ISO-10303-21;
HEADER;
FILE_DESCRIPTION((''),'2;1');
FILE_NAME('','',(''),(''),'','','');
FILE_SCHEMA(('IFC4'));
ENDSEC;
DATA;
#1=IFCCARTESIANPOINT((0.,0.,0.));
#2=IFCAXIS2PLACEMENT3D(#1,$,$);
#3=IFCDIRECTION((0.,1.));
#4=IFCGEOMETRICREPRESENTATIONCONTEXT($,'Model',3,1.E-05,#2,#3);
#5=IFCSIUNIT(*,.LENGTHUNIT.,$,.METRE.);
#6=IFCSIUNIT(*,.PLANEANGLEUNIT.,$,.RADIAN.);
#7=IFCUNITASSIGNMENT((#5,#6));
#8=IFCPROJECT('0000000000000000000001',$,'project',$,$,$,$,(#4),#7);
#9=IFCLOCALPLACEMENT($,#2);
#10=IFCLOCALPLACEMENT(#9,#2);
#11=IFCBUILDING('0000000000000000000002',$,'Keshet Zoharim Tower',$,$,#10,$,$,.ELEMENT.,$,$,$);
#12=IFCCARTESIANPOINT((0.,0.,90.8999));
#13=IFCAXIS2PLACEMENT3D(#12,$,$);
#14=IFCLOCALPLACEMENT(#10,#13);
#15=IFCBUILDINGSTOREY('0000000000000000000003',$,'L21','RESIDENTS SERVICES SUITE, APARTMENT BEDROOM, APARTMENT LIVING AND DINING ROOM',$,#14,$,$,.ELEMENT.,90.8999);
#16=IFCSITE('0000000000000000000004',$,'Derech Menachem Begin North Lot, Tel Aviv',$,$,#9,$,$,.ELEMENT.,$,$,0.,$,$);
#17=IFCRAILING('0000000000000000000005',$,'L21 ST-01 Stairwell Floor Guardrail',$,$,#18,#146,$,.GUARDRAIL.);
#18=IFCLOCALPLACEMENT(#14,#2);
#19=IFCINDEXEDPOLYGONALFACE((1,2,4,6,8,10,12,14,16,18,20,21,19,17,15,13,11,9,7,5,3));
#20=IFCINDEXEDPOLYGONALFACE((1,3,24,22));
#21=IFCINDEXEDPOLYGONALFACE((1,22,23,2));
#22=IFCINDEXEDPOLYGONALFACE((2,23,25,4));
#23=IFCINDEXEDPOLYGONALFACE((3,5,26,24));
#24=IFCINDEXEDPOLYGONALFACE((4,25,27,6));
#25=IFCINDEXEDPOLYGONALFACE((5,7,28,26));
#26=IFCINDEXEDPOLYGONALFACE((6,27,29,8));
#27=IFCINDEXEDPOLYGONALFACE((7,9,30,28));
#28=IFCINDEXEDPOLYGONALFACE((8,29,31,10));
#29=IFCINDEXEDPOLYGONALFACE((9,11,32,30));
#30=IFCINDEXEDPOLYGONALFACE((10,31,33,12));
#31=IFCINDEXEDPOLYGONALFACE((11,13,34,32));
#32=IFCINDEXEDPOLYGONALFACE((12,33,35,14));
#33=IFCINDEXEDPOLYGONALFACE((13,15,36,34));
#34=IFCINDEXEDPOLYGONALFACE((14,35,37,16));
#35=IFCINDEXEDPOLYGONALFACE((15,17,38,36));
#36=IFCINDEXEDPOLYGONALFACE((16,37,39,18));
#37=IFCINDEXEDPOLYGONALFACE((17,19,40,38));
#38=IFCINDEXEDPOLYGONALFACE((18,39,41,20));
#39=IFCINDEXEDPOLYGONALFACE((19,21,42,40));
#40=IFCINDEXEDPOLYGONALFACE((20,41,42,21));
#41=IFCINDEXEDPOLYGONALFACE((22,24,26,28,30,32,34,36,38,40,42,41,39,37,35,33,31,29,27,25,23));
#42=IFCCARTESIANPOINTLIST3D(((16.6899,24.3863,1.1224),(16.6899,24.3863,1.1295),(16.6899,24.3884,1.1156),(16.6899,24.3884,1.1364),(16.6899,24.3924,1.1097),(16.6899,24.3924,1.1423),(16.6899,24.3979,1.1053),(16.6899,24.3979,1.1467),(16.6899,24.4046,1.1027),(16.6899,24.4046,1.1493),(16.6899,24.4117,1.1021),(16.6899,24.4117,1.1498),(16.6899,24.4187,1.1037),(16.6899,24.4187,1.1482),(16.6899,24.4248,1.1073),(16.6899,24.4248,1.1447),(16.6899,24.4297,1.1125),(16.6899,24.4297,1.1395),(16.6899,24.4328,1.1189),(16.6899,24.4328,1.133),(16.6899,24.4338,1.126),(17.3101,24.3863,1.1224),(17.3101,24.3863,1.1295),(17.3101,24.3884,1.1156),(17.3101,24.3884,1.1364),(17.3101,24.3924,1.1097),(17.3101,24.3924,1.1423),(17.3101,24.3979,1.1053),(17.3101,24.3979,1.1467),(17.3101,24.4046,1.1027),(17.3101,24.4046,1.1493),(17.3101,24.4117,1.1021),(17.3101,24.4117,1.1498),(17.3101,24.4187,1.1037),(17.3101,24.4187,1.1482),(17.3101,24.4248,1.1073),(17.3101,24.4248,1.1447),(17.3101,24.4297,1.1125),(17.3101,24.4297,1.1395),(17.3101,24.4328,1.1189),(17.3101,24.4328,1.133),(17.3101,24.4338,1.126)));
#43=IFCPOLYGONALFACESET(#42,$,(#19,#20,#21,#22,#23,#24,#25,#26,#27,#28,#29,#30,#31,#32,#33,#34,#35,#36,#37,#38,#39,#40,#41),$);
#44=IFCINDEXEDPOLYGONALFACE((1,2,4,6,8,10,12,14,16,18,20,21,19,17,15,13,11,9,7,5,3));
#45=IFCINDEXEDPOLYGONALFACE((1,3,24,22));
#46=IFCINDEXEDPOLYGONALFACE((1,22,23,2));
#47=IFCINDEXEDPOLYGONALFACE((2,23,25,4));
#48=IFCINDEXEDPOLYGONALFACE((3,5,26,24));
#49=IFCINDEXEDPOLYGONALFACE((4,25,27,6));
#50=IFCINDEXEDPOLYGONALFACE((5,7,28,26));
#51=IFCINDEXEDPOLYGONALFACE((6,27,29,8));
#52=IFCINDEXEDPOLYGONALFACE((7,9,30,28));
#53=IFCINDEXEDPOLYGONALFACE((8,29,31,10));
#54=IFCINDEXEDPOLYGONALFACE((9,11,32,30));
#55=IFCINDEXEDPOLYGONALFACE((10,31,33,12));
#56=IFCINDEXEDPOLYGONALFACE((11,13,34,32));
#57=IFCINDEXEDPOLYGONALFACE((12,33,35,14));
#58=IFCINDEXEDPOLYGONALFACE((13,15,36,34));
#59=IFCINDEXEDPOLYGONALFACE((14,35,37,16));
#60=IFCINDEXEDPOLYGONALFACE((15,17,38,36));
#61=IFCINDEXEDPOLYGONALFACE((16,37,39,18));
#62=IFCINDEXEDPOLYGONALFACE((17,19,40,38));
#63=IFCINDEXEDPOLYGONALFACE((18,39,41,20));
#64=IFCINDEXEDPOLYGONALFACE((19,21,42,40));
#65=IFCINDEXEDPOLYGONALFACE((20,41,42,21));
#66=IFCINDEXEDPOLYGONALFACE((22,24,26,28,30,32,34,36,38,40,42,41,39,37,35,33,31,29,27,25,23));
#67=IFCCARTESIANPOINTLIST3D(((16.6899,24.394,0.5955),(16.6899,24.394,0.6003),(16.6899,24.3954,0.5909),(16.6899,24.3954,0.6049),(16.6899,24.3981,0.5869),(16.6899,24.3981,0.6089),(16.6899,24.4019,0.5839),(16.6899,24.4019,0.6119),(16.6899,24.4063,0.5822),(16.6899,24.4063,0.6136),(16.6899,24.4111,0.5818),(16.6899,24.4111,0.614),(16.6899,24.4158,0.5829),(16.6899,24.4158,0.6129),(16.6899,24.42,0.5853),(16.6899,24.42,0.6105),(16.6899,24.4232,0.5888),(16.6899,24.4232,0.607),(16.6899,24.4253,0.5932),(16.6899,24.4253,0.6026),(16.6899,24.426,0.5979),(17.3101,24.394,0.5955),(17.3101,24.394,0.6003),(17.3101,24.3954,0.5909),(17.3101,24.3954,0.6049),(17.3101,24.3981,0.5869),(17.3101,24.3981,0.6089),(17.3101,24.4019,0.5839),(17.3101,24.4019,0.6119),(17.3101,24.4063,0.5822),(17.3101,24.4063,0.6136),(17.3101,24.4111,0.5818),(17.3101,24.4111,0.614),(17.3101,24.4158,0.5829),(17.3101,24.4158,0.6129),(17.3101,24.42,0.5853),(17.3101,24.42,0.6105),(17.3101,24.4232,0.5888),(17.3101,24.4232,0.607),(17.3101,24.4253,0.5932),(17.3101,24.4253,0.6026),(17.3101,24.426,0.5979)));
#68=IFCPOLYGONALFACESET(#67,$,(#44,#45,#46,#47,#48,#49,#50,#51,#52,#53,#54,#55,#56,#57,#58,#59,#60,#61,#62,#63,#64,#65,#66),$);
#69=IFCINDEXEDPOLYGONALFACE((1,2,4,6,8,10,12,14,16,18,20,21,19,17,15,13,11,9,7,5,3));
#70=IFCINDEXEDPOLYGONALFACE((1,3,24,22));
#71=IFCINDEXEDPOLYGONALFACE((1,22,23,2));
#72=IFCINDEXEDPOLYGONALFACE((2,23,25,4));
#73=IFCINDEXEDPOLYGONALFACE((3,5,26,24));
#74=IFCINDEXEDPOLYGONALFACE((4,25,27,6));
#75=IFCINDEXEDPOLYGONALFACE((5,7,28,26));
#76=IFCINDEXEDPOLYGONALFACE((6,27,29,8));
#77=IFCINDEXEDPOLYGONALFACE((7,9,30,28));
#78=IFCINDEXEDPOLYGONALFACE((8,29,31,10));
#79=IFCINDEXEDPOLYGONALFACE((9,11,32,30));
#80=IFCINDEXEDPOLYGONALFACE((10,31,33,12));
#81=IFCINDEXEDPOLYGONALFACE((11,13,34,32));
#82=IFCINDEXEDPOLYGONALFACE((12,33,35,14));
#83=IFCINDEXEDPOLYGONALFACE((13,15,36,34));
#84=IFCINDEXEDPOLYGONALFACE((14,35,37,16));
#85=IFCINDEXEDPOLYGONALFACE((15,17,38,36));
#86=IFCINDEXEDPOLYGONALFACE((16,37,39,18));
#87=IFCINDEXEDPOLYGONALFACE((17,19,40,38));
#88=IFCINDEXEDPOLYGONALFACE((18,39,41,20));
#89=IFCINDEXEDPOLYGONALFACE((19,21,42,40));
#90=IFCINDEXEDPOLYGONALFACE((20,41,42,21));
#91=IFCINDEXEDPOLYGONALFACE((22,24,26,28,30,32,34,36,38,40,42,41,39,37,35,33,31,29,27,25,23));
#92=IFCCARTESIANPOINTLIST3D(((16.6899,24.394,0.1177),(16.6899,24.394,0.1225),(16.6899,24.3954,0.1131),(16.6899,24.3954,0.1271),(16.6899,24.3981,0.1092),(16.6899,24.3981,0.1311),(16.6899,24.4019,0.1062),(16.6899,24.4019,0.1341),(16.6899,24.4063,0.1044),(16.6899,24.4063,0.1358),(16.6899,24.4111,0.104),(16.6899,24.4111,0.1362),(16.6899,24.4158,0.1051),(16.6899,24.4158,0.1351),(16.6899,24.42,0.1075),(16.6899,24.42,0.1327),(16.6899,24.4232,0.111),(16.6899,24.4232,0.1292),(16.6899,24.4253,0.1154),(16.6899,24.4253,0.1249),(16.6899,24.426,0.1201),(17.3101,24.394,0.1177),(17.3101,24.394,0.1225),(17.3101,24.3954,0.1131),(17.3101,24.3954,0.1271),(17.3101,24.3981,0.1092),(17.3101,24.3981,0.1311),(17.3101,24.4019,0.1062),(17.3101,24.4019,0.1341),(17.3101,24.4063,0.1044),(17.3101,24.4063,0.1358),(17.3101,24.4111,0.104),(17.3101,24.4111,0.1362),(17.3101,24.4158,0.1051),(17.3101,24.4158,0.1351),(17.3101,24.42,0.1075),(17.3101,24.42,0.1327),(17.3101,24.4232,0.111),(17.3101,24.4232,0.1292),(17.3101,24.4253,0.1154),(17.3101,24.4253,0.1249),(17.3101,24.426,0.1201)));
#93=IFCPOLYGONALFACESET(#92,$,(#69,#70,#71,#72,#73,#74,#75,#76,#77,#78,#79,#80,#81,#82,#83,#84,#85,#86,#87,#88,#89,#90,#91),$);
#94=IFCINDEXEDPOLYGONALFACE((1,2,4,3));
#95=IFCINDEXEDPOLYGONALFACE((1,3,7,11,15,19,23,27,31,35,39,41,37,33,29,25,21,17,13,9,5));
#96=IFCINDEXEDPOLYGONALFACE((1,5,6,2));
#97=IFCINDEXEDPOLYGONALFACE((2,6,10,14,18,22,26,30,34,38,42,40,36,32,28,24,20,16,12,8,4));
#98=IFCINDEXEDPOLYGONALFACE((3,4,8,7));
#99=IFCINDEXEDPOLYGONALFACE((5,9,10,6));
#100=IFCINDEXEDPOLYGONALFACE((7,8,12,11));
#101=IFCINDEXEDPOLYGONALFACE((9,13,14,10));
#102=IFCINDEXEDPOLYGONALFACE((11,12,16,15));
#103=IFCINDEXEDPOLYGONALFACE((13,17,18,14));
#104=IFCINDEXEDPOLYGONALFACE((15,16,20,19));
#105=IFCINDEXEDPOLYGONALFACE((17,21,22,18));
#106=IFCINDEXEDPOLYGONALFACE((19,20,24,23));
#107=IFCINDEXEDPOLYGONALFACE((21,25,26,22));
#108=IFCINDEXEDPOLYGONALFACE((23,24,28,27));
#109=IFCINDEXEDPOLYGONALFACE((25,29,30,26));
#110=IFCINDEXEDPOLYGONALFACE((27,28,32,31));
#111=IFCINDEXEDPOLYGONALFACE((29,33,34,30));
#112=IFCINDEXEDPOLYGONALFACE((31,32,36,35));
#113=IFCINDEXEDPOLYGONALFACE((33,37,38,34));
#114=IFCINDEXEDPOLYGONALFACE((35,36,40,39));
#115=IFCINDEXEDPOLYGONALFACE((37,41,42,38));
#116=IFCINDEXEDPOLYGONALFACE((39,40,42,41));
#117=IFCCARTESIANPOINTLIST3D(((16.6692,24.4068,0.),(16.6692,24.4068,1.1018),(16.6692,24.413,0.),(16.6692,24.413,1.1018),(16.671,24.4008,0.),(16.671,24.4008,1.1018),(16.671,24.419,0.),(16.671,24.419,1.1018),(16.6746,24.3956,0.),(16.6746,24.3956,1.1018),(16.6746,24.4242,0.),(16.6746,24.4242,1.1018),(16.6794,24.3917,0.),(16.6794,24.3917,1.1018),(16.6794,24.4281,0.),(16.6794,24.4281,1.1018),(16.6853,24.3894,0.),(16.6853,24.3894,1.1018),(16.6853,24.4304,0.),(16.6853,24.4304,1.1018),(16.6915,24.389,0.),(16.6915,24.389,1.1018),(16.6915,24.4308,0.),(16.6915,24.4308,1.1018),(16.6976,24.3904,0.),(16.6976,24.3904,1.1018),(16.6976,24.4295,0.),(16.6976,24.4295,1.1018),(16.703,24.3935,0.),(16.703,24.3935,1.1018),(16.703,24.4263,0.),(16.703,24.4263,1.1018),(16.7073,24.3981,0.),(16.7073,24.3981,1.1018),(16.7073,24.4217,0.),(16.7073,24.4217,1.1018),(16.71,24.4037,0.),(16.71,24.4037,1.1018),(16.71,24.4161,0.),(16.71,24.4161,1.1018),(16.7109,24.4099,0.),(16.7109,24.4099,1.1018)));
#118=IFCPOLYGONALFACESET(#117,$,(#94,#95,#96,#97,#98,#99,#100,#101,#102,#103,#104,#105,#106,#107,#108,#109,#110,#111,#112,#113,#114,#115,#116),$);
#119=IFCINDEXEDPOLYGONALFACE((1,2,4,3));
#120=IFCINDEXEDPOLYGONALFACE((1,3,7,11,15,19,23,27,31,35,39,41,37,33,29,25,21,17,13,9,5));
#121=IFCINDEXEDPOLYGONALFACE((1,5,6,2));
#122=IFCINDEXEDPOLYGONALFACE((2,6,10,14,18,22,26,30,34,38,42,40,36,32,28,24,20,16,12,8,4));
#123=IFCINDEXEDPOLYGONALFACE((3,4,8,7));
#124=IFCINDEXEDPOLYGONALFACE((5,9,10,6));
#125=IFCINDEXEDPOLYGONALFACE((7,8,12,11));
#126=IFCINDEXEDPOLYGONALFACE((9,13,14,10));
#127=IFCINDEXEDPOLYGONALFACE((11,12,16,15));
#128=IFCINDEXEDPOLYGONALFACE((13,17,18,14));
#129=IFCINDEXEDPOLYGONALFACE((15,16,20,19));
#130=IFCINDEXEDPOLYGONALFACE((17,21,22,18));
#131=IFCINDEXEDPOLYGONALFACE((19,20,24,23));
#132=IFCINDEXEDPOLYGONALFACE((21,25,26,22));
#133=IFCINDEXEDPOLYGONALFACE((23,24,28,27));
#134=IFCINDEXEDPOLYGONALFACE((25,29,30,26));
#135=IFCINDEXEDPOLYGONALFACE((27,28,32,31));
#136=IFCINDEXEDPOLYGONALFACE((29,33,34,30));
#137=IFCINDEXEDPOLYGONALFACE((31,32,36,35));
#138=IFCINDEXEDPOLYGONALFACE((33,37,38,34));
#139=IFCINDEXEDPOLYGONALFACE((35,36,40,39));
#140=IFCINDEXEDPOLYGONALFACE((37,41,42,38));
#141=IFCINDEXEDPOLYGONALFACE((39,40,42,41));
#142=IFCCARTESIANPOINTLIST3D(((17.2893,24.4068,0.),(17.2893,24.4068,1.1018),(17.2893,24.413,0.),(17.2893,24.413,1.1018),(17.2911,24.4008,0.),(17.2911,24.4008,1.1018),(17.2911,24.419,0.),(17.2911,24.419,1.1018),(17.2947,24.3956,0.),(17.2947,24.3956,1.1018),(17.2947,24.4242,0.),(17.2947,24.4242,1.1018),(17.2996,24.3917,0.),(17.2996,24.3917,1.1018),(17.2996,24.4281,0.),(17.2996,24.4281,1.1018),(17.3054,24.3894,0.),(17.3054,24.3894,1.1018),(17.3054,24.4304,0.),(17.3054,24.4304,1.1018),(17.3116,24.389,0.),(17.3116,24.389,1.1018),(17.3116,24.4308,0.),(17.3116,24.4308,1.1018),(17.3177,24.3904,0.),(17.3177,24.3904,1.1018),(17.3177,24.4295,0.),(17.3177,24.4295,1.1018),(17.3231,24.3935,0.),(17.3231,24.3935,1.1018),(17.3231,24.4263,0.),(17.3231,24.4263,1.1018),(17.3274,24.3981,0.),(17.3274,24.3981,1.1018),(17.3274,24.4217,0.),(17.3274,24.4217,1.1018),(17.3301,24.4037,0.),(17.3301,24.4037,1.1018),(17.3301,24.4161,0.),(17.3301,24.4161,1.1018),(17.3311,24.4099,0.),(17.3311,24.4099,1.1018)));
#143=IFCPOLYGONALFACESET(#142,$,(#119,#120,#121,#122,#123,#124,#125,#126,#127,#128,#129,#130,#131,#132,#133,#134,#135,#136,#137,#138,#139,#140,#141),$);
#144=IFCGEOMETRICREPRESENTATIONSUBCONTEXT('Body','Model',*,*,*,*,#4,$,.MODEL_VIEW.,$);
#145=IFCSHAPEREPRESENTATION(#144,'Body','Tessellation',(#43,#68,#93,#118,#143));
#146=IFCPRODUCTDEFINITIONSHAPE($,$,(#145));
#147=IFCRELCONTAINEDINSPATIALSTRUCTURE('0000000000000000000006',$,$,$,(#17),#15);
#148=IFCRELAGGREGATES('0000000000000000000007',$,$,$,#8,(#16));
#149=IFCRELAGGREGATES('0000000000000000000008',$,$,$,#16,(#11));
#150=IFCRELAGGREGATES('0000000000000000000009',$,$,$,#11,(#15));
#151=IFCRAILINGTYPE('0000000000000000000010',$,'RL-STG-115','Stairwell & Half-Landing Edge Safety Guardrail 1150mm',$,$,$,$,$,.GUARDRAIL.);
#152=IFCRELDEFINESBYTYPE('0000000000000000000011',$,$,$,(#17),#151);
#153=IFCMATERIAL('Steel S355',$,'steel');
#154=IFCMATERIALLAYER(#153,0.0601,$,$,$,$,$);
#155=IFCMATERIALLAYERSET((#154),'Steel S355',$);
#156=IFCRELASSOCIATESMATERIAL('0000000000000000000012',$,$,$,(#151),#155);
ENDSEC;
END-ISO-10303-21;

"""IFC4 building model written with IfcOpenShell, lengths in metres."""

from ifc_helpers import new_model, si_unit, direction, frame, origin, origin_2d, place, context, subcontext, project, spatial, circle, extrude, material, layer, layer_set, type_object, element, save


model = new_model("IFC4")

# Units and contexts
model_context = context("Model", 3, precision=1e-05, world=origin(), true_north=direction((0.0, 1.0)))
body_context = subcontext(model_context, "Body", "Model", "MODEL_VIEW")
ifc_project = project(units=[si_unit("LENGTHUNIT", "METRE"), si_unit("PLANEANGLEUNIT", "RADIAN")], contexts=[model_context])

# Site, building, storey
site_placement = place(None, origin())
site = spatial("IfcSite", under=ifc_project, at=site_placement, Name="Derech Menachem Begin North Lot, Tel Aviv", CompositionType="ELEMENT", RefElevation=0.0)
building_placement = place(site_placement, origin())
building = spatial("IfcBuilding", under=site, at=building_placement, Name="Keshet Zoharim Tower", CompositionType="ELEMENT")
storey_placement = place(building_placement, frame((0.0, 0.0, 90.8999)))
storey = spatial("IfcBuildingStorey", under=building, at=storey_placement, Name="L21", Description="RESIDENTS SERVICES SUITE, APARTMENT BEDROOM, APARTMENT LIVING AND DINING ROOM", CompositionType="ELEMENT", Elevation=90.8999)

# Railing
ifc_material_1 = material(Name="Steel S355", Category="steel")
ifc_layer_1 = layer(ifc_material_1, 0.0601)
ifc_layer_set_1 = layer_set([ifc_layer_1], Name="Steel S355")
railing_type_1 = type_object("IfcRailingType", Name="RL-STG-115", Description="Stairwell & Half-Landing Edge Safety Guardrail 1150mm", PredefinedType="GUARDRAIL", material=ifc_layer_set_1)
railing_1_placement = place(storey_placement, frame((16.6899, 24.4099, 0.0)))
element("IfcRailing", 1, at=railing_1_placement, inside=storey, type_object=railing_type_1, Name="L21 ST-01 Stairwell Floor Guardrail", PredefinedType="GUARDRAIL", context=body_context, shape_type="SweptSolid", body=[
    extrude(circle(Radius=0.0239, at=origin_2d()), frame((0.0, 0.0, 1.126), z_axis=(1.0, 0.0, 0.0), x_axis=(0.0, 1.0, 0.0)), (0.0, 0.0, 1.0), 0.6201),
    extrude(circle(Radius=0.0161, at=origin_2d()), frame((0.0, 0.0, 0.5979), z_axis=(1.0, 0.0, 0.0), x_axis=(0.0, 1.0, 0.0)), (0.0, 0.0, 1.0), 0.6201),
    extrude(circle(Radius=0.0161, at=origin_2d()), frame((0.0, 0.0, 0.1201), z_axis=(1.0, 0.0, 0.0), x_axis=(0.0, 1.0, 0.0)), (0.0, 0.0, 1.0), 0.6201),
    extrude(circle(Radius=0.021, at=origin_2d()), origin(), (0.0, 0.0, 1.0), 1.1018),
    extrude(circle(Radius=0.021, at=origin_2d()), frame((0.6201, 0.0, 0.0)), (0.0, 0.0, 1.0), 1.1018),
])

save(model, "model.ifc")
